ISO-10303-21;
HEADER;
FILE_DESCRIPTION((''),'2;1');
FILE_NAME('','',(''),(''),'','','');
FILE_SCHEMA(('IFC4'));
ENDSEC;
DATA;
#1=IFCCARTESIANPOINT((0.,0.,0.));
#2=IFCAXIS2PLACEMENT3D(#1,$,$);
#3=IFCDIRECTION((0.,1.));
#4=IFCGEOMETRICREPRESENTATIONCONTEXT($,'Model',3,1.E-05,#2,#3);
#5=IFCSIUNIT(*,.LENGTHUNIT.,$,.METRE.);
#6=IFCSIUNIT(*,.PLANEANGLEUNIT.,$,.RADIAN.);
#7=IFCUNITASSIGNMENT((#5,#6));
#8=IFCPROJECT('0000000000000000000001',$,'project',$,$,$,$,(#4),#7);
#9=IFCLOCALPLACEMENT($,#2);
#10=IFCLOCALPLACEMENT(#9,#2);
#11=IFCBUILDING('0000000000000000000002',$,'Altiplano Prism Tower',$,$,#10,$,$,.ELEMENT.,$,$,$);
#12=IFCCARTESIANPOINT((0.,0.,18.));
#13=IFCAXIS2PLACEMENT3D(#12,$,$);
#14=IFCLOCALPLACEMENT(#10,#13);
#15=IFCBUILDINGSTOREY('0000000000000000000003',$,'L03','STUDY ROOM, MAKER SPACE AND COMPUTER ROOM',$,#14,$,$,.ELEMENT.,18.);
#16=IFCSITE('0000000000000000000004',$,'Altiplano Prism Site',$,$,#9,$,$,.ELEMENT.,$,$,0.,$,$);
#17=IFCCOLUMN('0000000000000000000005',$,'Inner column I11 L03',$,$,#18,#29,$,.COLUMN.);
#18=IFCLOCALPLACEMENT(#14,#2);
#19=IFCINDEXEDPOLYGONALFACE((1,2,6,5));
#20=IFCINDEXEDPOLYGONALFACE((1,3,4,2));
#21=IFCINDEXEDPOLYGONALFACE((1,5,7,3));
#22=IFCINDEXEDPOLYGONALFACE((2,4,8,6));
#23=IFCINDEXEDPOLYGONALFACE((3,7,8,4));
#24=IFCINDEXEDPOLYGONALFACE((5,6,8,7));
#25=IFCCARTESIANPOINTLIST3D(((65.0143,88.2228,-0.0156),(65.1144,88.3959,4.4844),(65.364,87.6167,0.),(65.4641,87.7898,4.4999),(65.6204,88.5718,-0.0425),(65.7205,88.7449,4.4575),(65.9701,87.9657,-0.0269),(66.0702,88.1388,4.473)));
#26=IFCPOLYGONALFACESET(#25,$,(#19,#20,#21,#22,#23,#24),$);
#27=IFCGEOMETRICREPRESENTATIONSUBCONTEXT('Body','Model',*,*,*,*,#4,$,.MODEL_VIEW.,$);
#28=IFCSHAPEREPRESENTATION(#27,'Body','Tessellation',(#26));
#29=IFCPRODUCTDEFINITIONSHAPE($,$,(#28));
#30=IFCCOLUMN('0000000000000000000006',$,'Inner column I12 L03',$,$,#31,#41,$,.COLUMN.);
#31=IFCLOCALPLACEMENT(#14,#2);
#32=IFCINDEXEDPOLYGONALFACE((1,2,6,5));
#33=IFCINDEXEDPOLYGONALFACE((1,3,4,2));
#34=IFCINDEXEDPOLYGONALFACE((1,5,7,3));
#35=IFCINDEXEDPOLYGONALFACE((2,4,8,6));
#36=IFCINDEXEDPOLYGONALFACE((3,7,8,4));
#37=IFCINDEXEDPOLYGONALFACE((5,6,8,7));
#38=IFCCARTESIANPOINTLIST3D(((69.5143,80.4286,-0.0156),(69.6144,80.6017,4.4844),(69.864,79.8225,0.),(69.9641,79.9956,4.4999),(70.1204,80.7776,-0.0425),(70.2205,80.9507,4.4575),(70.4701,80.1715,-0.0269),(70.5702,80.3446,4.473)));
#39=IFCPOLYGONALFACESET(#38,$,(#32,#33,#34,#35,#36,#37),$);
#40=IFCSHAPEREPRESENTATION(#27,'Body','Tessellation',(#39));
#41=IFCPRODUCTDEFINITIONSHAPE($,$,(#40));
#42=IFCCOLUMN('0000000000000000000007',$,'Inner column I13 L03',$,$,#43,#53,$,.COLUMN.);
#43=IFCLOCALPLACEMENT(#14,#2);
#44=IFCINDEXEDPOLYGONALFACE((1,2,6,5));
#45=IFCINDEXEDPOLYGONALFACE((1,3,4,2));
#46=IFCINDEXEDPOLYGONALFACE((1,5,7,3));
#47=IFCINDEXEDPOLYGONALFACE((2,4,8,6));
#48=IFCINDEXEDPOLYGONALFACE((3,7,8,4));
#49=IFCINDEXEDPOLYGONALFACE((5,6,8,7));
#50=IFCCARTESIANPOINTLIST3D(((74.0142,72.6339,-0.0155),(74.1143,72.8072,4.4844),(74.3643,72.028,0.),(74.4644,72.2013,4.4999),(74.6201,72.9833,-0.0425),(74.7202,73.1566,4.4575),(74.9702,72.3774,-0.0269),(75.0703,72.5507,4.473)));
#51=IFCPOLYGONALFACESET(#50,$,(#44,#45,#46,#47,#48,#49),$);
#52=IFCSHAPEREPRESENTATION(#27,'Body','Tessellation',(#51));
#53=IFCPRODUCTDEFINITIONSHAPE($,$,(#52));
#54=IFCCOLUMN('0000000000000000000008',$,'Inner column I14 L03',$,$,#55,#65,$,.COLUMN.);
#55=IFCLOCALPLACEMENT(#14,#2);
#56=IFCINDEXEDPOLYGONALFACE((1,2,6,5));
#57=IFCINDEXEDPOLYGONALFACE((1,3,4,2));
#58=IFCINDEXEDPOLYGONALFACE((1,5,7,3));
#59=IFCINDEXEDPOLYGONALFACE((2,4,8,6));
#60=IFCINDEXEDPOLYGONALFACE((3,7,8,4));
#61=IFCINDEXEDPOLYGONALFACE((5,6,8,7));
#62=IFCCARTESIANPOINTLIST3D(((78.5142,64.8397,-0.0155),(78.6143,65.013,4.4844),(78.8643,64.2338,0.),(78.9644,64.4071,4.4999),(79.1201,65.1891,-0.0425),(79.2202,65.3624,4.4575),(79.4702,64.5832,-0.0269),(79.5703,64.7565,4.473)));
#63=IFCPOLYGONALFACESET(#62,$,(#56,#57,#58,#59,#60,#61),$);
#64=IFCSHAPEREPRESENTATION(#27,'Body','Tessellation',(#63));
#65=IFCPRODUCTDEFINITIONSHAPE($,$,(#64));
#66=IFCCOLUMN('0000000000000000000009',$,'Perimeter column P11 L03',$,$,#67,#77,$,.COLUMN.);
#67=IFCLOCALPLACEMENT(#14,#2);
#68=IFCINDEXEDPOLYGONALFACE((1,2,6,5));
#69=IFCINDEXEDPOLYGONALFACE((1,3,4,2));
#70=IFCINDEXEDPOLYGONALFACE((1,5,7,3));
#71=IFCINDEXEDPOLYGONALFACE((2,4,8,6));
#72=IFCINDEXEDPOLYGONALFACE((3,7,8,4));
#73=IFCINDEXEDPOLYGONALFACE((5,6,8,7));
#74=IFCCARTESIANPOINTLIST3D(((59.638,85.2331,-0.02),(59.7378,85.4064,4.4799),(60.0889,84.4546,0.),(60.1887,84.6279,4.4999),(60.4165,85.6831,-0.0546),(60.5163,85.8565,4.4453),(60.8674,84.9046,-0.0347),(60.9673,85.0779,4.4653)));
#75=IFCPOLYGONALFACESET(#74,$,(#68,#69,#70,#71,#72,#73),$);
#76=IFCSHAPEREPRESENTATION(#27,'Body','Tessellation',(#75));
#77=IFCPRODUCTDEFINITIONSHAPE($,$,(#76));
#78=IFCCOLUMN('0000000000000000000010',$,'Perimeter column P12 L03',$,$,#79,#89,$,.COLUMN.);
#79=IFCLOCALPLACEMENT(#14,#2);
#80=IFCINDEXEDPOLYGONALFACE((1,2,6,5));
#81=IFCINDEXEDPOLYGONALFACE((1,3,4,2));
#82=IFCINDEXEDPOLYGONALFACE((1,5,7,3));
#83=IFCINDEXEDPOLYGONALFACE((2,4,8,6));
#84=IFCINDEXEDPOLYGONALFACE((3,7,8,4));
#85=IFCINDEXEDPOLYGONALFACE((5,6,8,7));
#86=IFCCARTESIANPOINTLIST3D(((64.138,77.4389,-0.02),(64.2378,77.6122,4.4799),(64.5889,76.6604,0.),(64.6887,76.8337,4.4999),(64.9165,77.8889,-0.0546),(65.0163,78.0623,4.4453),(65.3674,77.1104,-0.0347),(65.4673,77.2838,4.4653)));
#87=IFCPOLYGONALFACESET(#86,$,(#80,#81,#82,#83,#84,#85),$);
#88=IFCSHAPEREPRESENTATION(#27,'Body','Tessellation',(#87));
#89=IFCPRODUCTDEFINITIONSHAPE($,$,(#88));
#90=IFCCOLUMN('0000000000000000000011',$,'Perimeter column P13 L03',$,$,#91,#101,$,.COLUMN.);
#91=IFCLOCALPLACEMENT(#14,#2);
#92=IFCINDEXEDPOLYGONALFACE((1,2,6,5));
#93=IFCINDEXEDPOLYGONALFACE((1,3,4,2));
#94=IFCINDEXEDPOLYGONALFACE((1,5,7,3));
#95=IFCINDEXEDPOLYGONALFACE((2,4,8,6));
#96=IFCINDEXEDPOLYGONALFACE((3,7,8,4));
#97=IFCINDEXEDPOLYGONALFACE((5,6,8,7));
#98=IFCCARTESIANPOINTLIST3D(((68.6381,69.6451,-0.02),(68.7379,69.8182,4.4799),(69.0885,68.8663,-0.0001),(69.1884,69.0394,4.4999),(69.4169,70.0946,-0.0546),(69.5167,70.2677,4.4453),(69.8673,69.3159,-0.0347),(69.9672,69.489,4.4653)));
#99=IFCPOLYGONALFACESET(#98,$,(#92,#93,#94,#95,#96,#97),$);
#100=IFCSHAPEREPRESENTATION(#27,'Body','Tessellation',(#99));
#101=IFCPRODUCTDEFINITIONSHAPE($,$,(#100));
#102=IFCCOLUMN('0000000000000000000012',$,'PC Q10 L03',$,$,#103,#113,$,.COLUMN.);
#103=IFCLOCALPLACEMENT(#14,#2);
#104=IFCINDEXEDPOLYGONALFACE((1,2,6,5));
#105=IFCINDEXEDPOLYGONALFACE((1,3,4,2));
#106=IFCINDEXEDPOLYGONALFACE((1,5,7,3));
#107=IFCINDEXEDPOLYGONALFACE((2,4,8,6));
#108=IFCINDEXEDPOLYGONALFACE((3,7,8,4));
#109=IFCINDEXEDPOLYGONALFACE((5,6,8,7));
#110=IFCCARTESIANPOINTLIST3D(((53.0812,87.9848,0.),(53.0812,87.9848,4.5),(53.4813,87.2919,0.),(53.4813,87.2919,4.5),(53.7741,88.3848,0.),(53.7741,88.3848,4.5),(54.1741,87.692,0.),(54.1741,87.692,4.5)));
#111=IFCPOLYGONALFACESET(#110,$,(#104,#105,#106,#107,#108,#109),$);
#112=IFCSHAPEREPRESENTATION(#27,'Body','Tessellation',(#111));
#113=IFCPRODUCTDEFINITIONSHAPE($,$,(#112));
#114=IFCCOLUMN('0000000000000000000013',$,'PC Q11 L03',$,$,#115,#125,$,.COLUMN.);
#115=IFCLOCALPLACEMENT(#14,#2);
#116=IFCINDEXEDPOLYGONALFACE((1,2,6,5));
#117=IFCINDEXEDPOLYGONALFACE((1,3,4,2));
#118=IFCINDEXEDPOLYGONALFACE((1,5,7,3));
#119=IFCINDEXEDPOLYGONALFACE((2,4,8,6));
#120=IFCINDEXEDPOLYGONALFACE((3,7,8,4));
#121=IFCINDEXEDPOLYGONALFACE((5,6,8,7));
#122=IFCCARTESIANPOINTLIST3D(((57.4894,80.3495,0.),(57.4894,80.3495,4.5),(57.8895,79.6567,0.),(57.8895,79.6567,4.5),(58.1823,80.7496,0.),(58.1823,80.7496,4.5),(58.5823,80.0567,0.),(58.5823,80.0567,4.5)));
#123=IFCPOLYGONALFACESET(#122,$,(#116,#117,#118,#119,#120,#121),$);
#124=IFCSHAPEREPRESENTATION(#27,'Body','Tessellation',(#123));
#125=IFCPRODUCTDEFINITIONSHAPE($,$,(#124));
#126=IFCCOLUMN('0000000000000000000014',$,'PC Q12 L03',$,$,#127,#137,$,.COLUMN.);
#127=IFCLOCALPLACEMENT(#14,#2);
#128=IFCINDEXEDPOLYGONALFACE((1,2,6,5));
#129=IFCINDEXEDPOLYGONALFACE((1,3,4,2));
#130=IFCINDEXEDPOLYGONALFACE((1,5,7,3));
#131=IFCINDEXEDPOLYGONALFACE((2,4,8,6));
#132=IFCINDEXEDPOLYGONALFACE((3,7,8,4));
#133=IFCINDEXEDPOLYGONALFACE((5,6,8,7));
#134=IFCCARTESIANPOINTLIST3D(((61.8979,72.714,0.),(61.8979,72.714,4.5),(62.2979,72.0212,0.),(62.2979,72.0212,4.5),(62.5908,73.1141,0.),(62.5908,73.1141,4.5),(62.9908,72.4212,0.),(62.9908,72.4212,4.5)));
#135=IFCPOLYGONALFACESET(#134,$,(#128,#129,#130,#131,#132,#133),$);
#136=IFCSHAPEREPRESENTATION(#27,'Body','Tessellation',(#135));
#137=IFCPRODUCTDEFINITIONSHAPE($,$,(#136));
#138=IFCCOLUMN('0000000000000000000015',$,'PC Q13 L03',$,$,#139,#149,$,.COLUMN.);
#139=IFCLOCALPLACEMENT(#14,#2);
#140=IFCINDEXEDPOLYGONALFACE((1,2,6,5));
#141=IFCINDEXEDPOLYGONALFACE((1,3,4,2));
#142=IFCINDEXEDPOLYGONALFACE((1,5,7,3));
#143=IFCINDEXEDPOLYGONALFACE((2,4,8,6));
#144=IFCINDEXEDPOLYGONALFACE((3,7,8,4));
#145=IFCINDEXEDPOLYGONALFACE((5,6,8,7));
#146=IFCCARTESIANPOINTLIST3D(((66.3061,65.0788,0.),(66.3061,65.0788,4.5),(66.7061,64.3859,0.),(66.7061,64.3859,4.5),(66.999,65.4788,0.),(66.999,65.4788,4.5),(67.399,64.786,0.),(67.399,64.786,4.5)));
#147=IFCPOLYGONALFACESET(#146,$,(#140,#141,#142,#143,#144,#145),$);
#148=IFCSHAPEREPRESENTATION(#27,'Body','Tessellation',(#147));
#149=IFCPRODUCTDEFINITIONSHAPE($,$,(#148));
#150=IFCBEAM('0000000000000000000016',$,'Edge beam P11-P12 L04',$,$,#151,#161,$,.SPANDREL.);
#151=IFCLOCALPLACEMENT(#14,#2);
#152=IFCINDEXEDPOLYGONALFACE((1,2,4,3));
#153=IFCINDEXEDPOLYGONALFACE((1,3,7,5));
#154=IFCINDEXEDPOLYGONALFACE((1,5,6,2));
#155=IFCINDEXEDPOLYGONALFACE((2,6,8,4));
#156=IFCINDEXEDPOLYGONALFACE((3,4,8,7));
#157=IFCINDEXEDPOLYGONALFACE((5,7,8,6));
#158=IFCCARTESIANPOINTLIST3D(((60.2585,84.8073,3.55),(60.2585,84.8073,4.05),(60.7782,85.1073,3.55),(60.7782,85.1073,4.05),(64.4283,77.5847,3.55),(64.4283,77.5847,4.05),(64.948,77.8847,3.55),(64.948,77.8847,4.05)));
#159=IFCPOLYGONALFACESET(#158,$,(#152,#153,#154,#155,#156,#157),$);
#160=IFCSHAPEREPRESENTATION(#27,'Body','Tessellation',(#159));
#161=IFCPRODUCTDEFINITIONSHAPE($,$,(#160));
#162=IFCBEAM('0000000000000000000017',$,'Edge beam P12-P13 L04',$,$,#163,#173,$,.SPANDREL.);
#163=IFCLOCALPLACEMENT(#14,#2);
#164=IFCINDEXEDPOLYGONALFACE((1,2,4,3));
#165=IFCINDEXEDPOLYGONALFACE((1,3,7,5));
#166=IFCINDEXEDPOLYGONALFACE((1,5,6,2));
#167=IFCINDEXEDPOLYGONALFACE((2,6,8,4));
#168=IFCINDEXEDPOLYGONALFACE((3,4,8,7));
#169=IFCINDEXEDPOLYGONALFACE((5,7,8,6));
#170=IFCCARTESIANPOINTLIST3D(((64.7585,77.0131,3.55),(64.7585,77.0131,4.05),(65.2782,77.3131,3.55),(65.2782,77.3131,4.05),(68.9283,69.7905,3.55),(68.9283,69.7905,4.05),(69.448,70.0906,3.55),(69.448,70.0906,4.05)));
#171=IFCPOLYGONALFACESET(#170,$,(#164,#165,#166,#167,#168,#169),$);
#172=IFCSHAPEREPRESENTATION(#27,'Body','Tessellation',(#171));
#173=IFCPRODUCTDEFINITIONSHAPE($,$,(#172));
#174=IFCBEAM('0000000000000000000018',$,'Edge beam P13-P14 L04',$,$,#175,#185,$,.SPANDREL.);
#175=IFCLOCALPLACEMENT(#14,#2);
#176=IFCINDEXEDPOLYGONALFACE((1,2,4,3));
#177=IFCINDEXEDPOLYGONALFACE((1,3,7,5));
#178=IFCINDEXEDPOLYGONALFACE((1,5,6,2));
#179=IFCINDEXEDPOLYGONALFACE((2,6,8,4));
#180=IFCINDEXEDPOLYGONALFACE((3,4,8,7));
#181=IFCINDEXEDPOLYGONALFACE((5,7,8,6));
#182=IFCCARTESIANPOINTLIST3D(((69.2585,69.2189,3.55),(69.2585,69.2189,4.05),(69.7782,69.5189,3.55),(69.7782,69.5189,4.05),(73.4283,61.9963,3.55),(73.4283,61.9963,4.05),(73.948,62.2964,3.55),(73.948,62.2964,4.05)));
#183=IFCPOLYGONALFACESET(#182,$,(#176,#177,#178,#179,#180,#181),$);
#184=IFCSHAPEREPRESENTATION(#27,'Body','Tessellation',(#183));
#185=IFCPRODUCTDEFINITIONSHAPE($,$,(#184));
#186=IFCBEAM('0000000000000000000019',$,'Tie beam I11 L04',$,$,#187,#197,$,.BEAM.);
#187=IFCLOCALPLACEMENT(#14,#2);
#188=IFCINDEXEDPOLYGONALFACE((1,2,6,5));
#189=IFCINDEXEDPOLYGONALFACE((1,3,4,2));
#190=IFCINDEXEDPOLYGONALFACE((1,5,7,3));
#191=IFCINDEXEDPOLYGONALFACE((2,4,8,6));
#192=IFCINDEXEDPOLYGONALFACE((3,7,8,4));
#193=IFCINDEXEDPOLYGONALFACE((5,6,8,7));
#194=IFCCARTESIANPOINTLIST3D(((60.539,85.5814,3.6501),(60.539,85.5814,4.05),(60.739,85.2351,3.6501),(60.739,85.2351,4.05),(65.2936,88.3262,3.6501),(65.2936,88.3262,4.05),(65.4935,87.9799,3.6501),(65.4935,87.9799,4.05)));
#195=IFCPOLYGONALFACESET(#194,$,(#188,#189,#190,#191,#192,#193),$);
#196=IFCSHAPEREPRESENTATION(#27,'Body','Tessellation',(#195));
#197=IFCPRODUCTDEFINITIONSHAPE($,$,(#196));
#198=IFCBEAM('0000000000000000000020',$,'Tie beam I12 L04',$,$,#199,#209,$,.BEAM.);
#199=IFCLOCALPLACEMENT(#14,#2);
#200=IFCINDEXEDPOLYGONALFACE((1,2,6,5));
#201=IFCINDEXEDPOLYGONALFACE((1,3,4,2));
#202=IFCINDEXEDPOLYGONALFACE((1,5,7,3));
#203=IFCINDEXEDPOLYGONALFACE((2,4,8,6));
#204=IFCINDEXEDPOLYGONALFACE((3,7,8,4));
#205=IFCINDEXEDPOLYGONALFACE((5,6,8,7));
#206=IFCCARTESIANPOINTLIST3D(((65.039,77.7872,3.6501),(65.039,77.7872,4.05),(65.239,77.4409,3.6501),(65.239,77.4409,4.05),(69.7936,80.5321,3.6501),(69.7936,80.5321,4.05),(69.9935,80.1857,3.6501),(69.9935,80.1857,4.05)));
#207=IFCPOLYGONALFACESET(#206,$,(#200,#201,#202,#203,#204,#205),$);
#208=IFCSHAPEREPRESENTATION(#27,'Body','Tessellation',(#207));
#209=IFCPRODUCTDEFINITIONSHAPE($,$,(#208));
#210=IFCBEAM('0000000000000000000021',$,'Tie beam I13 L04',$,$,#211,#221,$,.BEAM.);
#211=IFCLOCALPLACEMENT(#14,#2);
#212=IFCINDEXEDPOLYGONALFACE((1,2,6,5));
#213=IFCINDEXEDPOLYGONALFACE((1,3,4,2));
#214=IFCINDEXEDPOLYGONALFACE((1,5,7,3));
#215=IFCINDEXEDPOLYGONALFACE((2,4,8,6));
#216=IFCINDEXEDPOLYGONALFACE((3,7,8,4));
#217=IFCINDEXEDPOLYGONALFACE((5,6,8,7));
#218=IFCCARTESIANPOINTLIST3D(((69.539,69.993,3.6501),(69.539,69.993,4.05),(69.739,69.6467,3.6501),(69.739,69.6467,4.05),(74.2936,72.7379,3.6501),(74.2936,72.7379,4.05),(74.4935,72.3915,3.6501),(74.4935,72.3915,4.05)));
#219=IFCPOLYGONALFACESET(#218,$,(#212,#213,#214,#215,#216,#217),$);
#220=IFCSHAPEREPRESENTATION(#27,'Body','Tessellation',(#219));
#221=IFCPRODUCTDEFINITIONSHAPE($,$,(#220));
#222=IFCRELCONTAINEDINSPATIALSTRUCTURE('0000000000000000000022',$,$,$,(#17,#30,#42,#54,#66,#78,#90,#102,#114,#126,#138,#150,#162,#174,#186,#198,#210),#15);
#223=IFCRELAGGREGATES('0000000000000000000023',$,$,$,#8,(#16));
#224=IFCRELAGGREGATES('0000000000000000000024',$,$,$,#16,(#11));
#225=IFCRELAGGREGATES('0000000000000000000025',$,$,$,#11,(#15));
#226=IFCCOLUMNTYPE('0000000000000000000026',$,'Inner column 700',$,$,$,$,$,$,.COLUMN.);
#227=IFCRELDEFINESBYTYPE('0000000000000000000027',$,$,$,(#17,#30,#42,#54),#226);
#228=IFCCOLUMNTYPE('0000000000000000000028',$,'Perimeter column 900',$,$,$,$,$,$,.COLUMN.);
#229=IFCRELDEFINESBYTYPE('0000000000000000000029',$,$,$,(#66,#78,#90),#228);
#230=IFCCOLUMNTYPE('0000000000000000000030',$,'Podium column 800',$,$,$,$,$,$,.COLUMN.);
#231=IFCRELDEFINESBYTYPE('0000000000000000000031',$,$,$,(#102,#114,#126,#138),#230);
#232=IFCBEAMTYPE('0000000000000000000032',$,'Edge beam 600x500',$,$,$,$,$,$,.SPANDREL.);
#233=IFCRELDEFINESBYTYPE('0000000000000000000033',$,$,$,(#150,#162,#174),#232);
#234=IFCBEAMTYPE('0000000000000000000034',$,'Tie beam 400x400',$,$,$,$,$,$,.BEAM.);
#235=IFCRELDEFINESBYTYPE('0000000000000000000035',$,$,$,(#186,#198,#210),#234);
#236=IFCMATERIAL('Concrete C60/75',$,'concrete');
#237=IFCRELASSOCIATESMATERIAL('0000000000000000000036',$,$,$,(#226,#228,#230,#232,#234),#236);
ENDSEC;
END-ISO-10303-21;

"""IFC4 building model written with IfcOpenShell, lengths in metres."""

from ifc_helpers import new_model, si_unit, direction, frame, origin, origin_2d, place, context, subcontext, project, spatial, rectangle, extrude, material, material_profile, profile_set, type_object, element, save


model = new_model("IFC4")

# Units and contexts
model_context = context("Model", 3, precision=1e-05, world=origin(), true_north=direction((0.0, 1.0)))
body_context = subcontext(model_context, "Body", "Model", "MODEL_VIEW")
ifc_project = project(units=[si_unit("LENGTHUNIT", "METRE"), si_unit("PLANEANGLEUNIT", "RADIAN")], contexts=[model_context])

# Site, building, storey
site_placement = place(None, origin())
site = spatial("IfcSite", under=ifc_project, at=site_placement, Name="Altiplano Prism Site", CompositionType="ELEMENT", RefElevation=0.0)
building_placement = place(site_placement, origin())
building = spatial("IfcBuilding", under=site, at=building_placement, Name="Altiplano Prism Tower", CompositionType="ELEMENT")
storey_placement = place(building_placement, frame((0.0, 0.0, 18.0)))
storey = spatial("IfcBuildingStorey", under=building, at=storey_placement, Name="L03", Description="STUDY ROOM, MAKER SPACE AND COMPUTER ROOM", CompositionType="ELEMENT", Elevation=18.0)

# Columns
ifc_material_1 = material(Name="Concrete C60/75", Category="concrete")
ifc_material_profile_1 = material_profile(ifc_material_1, rectangle(XDim=0.7, YDim=0.7, at=origin_2d()), Name="Inner column 700")
ifc_profile_set_1 = profile_set([ifc_material_profile_1], Name="Concrete C60/75")
column_type_1 = type_object("IfcColumnType", Name="Inner column 700", PredefinedType="COLUMN", material=ifc_profile_set_1)
for number, where, z_axis, x_axis, name in (
    (1, (65.4922, 88.0942, -0.0212), (0.022222, 0.038428, 0.999014), (-0.865948, -0.498655, 0.038443), "Inner column I11 L03"),
    (2, (69.9922, 80.3, -0.0212), (0.022222, 0.038428, 0.999014), (-0.865944, -0.49866, 0.038443), "Inner column I12 L03"),
    (3, (74.4922, 72.5056, -0.0212), (0.022222, 0.038482, 0.999012), (-0.865638, -0.49919, 0.038484), "Inner column I13 L03"),
    (4, (78.9922, 64.7114, -0.0212), (0.022222, 0.038482, 0.999012), (-0.865641, -0.499184, 0.038484), "Inner column I14 L03"),
):
    element("IfcColumn", number, at=place(storey_placement, frame(where, z_axis=z_axis, x_axis=x_axis)), inside=storey, type_object=column_type_1, Name=name, PredefinedType="COLUMN", context=body_context, shape_type="SweptSolid", body=[
        extrude(rectangle(XDim=0.7, YDim=0.7, at=origin_2d()), origin(), (0.0, 0.0, 1.0), 4.5044),
    ])
ifc_material_profile_2 = material_profile(ifc_material_1, rectangle(XDim=0.8999, YDim=0.8999, at=origin_2d()), Name="Perimeter column 900")
ifc_profile_set_2 = profile_set([ifc_material_profile_2], Name="Concrete C60/75")
column_type_2 = type_object("IfcColumnType", Name="Perimeter column 900", PredefinedType="COLUMN", material=ifc_profile_set_2)
for number, where, z_axis, x_axis, name in (
    (5, (60.2527, 85.0688, -0.0273), (0.022168, 0.038482, 0.999013), (-0.865112, -0.500101, 0.03846), "Perimeter column P11 L03"),
    (6, (64.7527, 77.2747, -0.0273), (0.022168, 0.038482, 0.999013), (-0.865111, -0.500103, 0.03846), "Perimeter column P12 L03"),
    (7, (69.2527, 69.4805, -0.0273), (0.022168, 0.038428, 0.999015), (-0.865416, -0.499579, 0.03842), "Perimeter column P13 L03"),
):
    element("IfcColumn", number, at=place(storey_placement, frame(where, z_axis=z_axis, x_axis=x_axis)), inside=storey, type_object=column_type_2, Name=name, PredefinedType="COLUMN", context=body_context, shape_type="SweptSolid", body=[
        extrude(rectangle(XDim=0.8999, YDim=0.8999, at=origin_2d()), origin(), (0.0, 0.0, 1.0), 4.5044),
    ])
ifc_material_profile_3 = material_profile(ifc_material_1, rectangle(XDim=0.8, YDim=0.8, at=origin_2d()), Name="Podium column 800")
ifc_profile_set_3 = profile_set([ifc_material_profile_3], Name="Concrete C60/75")
column_type_3 = type_object("IfcColumnType", Name="Podium column 800", PredefinedType="COLUMN", material=ifc_profile_set_3)
for number, where, z_axis, x_axis, name in (
    (8, (53.6277, 87.8384, 0.0), (0.0, 0.0, 1.0), (0.866025, 0.5, 0.0), "PC Q10 L03"),
    (9, (58.0359, 80.2031, 0.0), (0.0, 0.0, 1.0), (0.866025, 0.5, 0.0), "PC Q11 L03"),
    (10, (62.4443, 72.5676, 0.0), (0.0, 0.0, 1.0), (0.866025, 0.5, 0.0), "PC Q12 L03"),
    (11, (66.8525, 64.9324, 0.0), (0.0, 0.0, 1.0), (0.866025, 0.5, 0.0), "PC Q13 L03"),
):
    element("IfcColumn", number, at=place(storey_placement, frame(where, z_axis=z_axis, x_axis=x_axis)), inside=storey, type_object=column_type_3, Name=name, PredefinedType="COLUMN", context=body_context, shape_type="SweptSolid", body=[
        extrude(rectangle(XDim=0.8, YDim=0.8, at=origin_2d()), origin(), (0.0, 0.0, 1.0), 4.5),
    ])

# Beams
ifc_material_profile_4 = material_profile(ifc_material_1, rectangle(XDim=0.6001, YDim=0.5, at=origin_2d()), Name="Edge beam 600x500")
ifc_profile_set_4 = profile_set([ifc_material_profile_4], Name="Concrete C60/75")
beam_type_1 = type_object("IfcBeamType", Name="Edge beam 600x500", PredefinedType="SPANDREL", material=ifc_profile_set_4)
for number, where, z_axis, x_axis, name in (
    (12, (60.5183, 84.9573, 3.8), (0.499993, -0.86603, 0.0), (0.86603, 0.499993, 0.0), "Edge beam P11-P12 L04"),
    (13, (65.0183, 77.1631, 3.8), (0.499993, -0.86603, 0.0), (0.86603, 0.499993, 0.0), "Edge beam P12-P13 L04"),
    (14, (69.5183, 69.3689, 3.8), (0.499993, -0.86603, 0.0), (0.86603, 0.499993, 0.0), "Edge beam P13-P14 L04"),
):
    element("IfcBeam", number, at=place(storey_placement, frame(where, z_axis=z_axis, x_axis=x_axis)), inside=storey, type_object=beam_type_1, Name=name, PredefinedType="SPANDREL", context=body_context, shape_type="SweptSolid", body=[
        extrude(rectangle(XDim=0.6001, YDim=0.5, at=origin_2d()), origin(), (0.0, 0.0, 1.0), 8.3398),
    ])
ifc_material_profile_5 = material_profile(ifc_material_1, rectangle(XDim=0.3999, YDim=0.3999, at=origin_2d()), Name="Tie beam 400x400")
ifc_profile_set_5 = profile_set([ifc_material_profile_5], Name="Concrete C60/75")
beam_type_2 = type_object("IfcBeamType", Name="Tie beam 400x400", PredefinedType="BEAM", material=ifc_profile_set_5)
for number, where, z_axis, x_axis, name in (
    (15, (65.3936, 88.1531, 3.8501), (-0.866043, -0.49997, 0.0), (0.49997, -0.866043, 0.0), "Tie beam I11 L04"),
    (16, (69.8936, 80.3589, 3.8501), (-0.866043, -0.49997, 0.0), (0.49997, -0.866043, 0.0), "Tie beam I12 L04"),
    (17, (74.3936, 72.5647, 3.8501), (-0.866043, -0.49997, 0.0), (0.49997, -0.866043, 0.0), "Tie beam I13 L04"),
):
    element("IfcBeam", number, at=place(storey_placement, frame(where, z_axis=z_axis, x_axis=x_axis)), inside=storey, type_object=beam_type_2, Name=name, PredefinedType="BEAM", context=body_context, shape_type="SweptSolid", body=[
        extrude(rectangle(XDim=0.3999, YDim=0.3999, at=origin_2d()), origin(), (0.0, 0.0, 1.0), 5.49),
    ])

save(model, "model.ifc")
